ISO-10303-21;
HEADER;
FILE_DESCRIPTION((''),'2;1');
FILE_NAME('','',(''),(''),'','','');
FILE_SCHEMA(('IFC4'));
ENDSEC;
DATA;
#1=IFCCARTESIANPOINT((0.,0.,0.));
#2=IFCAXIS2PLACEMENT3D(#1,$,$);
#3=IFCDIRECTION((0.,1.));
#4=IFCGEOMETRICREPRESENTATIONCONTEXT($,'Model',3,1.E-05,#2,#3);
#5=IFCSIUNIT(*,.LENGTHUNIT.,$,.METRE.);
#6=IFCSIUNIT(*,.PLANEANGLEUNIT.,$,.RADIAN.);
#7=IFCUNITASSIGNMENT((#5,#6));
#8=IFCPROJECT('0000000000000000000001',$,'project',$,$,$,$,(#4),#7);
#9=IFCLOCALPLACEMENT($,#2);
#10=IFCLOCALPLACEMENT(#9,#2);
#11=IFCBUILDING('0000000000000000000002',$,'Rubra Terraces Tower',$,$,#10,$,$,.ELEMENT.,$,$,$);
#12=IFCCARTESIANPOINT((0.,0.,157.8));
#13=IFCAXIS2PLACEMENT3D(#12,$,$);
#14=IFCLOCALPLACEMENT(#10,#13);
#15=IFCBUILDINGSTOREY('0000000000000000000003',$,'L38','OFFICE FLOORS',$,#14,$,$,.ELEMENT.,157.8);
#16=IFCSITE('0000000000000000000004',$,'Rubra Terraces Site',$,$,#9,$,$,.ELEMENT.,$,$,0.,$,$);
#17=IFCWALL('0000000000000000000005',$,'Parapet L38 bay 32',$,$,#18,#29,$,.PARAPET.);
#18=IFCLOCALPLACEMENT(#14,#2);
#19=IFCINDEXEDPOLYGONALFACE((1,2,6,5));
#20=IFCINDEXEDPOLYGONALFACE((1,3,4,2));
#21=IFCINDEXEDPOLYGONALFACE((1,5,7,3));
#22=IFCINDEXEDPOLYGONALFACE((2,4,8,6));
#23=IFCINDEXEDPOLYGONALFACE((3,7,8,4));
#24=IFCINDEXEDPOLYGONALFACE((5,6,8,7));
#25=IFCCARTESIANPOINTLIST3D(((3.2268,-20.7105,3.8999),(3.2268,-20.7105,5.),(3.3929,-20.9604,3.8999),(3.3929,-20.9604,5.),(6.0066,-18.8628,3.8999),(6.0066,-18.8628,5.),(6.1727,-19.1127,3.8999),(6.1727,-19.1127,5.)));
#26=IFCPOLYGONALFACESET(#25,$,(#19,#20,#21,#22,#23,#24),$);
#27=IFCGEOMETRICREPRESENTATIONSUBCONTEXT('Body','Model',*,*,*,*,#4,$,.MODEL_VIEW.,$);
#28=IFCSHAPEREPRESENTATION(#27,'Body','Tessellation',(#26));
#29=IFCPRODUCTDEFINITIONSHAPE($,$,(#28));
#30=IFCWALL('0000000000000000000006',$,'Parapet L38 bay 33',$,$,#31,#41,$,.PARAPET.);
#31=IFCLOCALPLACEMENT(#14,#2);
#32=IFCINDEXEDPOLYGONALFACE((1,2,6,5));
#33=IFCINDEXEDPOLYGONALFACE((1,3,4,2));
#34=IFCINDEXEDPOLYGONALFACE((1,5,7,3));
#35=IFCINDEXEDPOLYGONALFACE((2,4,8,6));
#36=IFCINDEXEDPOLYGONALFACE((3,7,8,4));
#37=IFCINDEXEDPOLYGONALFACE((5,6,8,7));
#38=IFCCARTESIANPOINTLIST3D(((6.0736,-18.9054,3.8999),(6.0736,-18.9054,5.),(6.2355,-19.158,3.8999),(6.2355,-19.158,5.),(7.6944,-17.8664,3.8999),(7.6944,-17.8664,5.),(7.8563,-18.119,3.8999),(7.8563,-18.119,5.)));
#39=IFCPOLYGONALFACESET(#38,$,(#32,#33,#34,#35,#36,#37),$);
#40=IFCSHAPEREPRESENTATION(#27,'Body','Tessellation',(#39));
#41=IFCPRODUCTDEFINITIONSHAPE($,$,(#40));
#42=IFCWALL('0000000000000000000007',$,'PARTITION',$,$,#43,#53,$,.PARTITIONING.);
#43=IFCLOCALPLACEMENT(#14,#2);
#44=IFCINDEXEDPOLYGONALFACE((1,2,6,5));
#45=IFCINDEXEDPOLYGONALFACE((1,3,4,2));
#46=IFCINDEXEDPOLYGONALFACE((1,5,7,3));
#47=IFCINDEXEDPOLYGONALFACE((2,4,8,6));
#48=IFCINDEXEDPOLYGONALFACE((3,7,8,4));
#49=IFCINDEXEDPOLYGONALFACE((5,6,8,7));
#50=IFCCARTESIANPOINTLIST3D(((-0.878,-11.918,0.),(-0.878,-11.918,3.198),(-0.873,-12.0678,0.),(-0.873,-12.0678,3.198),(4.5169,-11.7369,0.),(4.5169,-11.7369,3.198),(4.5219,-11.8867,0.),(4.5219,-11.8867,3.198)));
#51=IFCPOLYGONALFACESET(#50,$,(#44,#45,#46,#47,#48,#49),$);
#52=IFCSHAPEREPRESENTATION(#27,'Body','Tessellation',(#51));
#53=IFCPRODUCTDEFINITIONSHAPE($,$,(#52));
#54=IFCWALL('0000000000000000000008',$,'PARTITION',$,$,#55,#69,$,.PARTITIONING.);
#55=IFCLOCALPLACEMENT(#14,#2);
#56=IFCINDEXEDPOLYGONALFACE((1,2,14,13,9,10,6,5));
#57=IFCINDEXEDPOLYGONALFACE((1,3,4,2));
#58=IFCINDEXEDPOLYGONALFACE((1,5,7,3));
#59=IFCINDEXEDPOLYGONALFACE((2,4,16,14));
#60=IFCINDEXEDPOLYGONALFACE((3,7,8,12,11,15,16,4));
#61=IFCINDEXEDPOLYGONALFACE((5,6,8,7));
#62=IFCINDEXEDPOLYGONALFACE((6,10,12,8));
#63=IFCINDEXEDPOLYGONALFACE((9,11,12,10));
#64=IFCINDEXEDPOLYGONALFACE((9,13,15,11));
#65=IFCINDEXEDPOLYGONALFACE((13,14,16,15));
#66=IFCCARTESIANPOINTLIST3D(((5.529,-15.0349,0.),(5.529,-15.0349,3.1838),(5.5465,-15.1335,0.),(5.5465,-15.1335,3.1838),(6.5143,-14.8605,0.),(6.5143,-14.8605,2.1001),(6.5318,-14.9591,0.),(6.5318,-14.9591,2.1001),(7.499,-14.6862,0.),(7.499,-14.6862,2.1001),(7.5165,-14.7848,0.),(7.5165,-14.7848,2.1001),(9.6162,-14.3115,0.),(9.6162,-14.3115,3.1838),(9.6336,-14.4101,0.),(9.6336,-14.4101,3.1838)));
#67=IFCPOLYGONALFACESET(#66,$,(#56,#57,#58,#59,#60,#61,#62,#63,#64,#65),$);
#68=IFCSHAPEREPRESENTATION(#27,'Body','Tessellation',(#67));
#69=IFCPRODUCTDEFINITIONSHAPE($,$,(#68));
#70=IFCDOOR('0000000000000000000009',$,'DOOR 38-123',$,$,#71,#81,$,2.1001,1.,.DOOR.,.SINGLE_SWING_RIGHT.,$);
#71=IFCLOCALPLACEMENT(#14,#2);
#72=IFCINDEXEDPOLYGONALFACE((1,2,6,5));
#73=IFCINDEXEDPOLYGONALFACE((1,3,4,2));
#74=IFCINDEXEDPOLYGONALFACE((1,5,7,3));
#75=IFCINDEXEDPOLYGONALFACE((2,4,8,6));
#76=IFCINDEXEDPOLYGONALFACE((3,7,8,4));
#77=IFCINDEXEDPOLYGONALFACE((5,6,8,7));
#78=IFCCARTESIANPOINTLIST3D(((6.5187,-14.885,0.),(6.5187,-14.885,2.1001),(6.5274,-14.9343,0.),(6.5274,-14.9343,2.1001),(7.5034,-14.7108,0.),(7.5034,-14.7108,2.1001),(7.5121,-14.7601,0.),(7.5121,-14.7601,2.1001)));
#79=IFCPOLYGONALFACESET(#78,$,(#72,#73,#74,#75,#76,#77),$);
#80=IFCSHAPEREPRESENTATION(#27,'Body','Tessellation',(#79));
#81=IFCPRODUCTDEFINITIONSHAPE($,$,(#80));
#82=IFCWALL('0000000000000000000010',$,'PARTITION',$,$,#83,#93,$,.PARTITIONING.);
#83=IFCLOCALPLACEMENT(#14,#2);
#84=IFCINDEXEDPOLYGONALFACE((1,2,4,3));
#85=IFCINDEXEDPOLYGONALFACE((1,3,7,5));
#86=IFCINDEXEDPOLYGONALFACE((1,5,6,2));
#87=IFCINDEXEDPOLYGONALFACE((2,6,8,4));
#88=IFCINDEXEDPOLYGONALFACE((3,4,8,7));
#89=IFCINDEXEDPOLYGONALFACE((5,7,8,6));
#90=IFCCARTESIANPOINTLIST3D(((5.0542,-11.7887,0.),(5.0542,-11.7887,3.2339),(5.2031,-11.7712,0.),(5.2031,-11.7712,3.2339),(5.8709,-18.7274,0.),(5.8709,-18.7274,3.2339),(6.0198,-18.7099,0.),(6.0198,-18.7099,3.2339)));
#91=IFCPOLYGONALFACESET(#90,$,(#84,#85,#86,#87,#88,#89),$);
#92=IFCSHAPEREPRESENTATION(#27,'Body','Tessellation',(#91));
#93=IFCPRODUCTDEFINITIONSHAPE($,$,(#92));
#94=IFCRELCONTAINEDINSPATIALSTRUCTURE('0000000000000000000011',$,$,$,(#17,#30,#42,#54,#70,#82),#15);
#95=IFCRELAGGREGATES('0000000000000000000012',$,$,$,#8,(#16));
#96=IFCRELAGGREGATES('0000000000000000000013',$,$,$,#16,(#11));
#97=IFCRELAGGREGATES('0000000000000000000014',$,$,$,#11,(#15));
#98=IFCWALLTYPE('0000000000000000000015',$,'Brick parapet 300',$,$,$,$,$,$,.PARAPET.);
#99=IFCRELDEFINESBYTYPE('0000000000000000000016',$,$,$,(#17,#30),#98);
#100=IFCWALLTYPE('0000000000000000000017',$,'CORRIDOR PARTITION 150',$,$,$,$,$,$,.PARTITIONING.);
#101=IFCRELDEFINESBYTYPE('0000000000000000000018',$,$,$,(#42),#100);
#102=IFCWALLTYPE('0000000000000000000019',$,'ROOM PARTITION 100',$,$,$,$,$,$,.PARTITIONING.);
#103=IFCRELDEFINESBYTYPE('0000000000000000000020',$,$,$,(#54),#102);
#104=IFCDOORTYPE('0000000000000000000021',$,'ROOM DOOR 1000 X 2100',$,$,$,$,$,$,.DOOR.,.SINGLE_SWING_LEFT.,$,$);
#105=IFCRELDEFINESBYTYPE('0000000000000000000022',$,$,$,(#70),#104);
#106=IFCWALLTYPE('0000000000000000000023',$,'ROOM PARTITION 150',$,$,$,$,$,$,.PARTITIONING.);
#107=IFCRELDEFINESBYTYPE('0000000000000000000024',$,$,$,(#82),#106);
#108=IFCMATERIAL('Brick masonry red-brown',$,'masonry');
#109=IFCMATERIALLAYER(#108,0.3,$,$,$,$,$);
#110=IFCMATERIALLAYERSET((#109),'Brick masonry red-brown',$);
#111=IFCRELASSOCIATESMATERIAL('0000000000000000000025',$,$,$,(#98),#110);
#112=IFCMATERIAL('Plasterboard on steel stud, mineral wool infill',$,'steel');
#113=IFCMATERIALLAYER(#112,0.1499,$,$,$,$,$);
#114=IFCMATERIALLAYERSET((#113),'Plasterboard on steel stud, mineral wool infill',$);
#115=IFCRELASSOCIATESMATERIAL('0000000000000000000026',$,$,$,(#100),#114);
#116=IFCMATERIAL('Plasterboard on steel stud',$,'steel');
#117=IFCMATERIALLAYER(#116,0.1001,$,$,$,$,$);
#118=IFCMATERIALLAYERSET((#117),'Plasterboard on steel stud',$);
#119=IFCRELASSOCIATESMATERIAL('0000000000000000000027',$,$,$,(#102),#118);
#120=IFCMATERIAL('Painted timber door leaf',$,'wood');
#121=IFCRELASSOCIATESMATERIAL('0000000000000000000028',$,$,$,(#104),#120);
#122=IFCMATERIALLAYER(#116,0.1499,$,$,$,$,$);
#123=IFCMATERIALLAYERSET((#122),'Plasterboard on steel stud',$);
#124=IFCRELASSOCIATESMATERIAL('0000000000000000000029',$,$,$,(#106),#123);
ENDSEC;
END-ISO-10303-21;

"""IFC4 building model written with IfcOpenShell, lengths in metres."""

from ifc_helpers import new_model, si_unit, direction, frame, frame_2d, origin, place, context, subcontext, project, spatial, rectangle, extrude, material, layer, layer_set, type_object, element, fill, save


model = new_model("IFC4")

# Units and contexts
model_context = context("Model", 3, precision=1e-05, world=origin(), true_north=direction((0.0, 1.0)))
body_context = subcontext(model_context, "Body", "Model", "MODEL_VIEW")
ifc_project = project(units=[si_unit("LENGTHUNIT", "METRE"), si_unit("PLANEANGLEUNIT", "RADIAN")], contexts=[model_context])

# Site, building, storey
site_placement = place(None, origin())
site = spatial("IfcSite", under=ifc_project, at=site_placement, Name="Rubra Terraces Site", CompositionType="ELEMENT", RefElevation=0.0)
building_placement = place(site_placement, origin())
building = spatial("IfcBuilding", under=site, at=building_placement, Name="Rubra Terraces Tower", CompositionType="ELEMENT")
storey_placement = place(building_placement, frame((0.0, 0.0, 157.8)))
storey = spatial("IfcBuildingStorey", under=building, at=storey_placement, Name="L38", Description="OFFICE FLOORS", CompositionType="ELEMENT", Elevation=157.8)

# Shared definitions
ifc_material_1 = material(Name="Brick masonry red-brown", Category="masonry")

# Walls
ifc_layer_1 = layer(ifc_material_1, 0.3)
ifc_layer_set_1 = layer_set([ifc_layer_1], Name="Brick masonry red-brown")
wall_type_1 = type_object("IfcWallType", Name="Brick parapet 300", PredefinedType="PARAPET", material=ifc_layer_set_1)
wall_1_placement = place(storey_placement, frame((3.3098, -20.8354, 3.8999), z_axis=(0.0, 0.0, 1.0), x_axis=(0.832815, 0.553552, 0.0)))
element("IfcWall", 1, at=wall_1_placement, inside=storey, type_object=wall_type_1, Name="Parapet L38 bay 32", PredefinedType="PARAPET", context=body_context, shape_type="SweptSolid", body=[
    extrude(rectangle(XDim=3.3379, YDim=0.3, at=frame_2d((1.6689, 0.0))), origin(), (0.0, 0.0, 1.0), 1.1001),
])
wall_2_placement = place(storey_placement, frame((6.1545, -19.0317, 3.8999), z_axis=(0.0, 0.0, 1.0), x_axis=(0.841866, 0.539687, 0.0)))
element("IfcWall", 2, at=wall_2_placement, inside=storey, type_object=wall_type_1, Name="Parapet L38 bay 33", PredefinedType="PARAPET", context=body_context, shape_type="SweptSolid", body=[
    extrude(rectangle(XDim=1.9253, YDim=0.3, at=frame_2d((0.9626, 0.0))), origin(), (0.0, 0.0, 1.0), 1.1001),
])
ifc_material_2 = material(Name="Plasterboard on steel stud, mineral wool infill", Category="steel")
ifc_layer_2 = layer(ifc_material_2, 0.1499)
ifc_layer_set_2 = layer_set([ifc_layer_2], Name="Plasterboard on steel stud, mineral wool infill")
wall_type_2 = type_object("IfcWallType", Name="CORRIDOR PARTITION 150", PredefinedType="PARTITIONING", material=ifc_layer_set_2)
wall_3_placement = place(storey_placement, frame((-0.8755, -11.9929, 0.0), z_axis=(0.0, 0.0, 1.0), x_axis=(0.999437, 0.033559, 0.0)))
element("IfcWall", 3, at=wall_3_placement, inside=storey, type_object=wall_type_2, Name="PARTITION", PredefinedType="PARTITIONING", context=body_context, shape_type="SweptSolid", body=[
    extrude(rectangle(XDim=5.3979, YDim=0.1499, at=frame_2d((2.699, 0.0))), origin(), (0.0, 0.0, 1.0), 3.198),
])

# Wall, opening, door
ifc_material_3 = material(Name="Plasterboard on steel stud", Category="steel")
ifc_layer_3 = layer(ifc_material_3, 0.1001)
ifc_layer_set_3 = layer_set([ifc_layer_3], Name="Plasterboard on steel stud")
wall_type_3 = type_object("IfcWallType", Name="ROOM PARTITION 100", PredefinedType="PARTITIONING", material=ifc_layer_set_3)
wall_4_placement = place(storey_placement, frame((9.6248, -14.3608, 0.0), z_axis=(0.0, 0.0, 1.0), x_axis=(-0.984696, -0.174282, 0.0)))
wall_4 = element("IfcWall", 4, at=wall_4_placement, inside=storey, type_object=wall_type_3, Name="PARTITION", PredefinedType="PARTITIONING", context=body_context, shape_type="SweptSolid", body=[
    extrude(rectangle(XDim=4.1506, YDim=0.1001, at=frame_2d((2.0752, 0.0))), origin(), (0.0, 0.0, 1.0), 3.1838),
])
opening_1_placement = place(wall_4_placement, frame((2.1499, 0.0, 0.0)))
opening_1 = element("IfcOpeningElement", 5, at=opening_1_placement, cuts=wall_4, PredefinedType="OPENING", context=body_context, shape_type="SweptSolid", body=[
    extrude(rectangle(XDim=1.0, YDim=2.1001, at=frame_2d((0.5, 1.05))), frame((0.0, 0.0601, 0.0), z_axis=(0.0, -1.0, 0.0), x_axis=(1.0, 0.0, 0.0)), (0.0, 0.0, 1.0), 0.1201),
])
ifc_material_4 = material(Name="Painted timber door leaf", Category="wood")
door_type = type_object("IfcDoorType", Name="ROOM DOOR 1000 X 2100", OperationType="SINGLE_SWING_LEFT", PredefinedType="DOOR", material=ifc_material_4)
door_placement = place(opening_1_placement, origin())
door = element("IfcDoor", 6, at=door_placement, inside=storey, type_object=door_type, Name="DOOR 38-123", OperationType="SINGLE_SWING_RIGHT", OverallHeight=2.1001, OverallWidth=1.0, PredefinedType="DOOR", context=body_context, shape_type="SweptSolid", body=[
    extrude(rectangle(XDim=1.0, YDim=2.1001, at=frame_2d((0.5, 1.05))), frame((0.0, 0.0249, 0.0), z_axis=(0.0, -1.0, 0.0), x_axis=(1.0, 0.0, 0.0)), (0.0, 0.0, 1.0), 0.05),
])
fill(opening_1, door)

# Wall
ifc_layer_4 = layer(ifc_material_3, 0.1499)
ifc_layer_set_4 = layer_set([ifc_layer_4], Name="Plasterboard on steel stud")
wall_type_4 = type_object("IfcWallType", Name="ROOM PARTITION 150", PredefinedType="PARTITIONING", material=ifc_layer_set_4)
wall_5_placement = place(storey_placement, frame((5.9453, -18.7185, 0.0), z_axis=(0.0, 0.0, 1.0), x_axis=(-0.116888, 0.993145, 0.0)))
element("IfcWall", 7, at=wall_5_placement, inside=storey, type_object=wall_type_4, Name="PARTITION", PredefinedType="PARTITIONING", context=body_context, shape_type="SweptSolid", body=[
    extrude(rectangle(XDim=6.9866, YDim=0.1499, at=frame_2d((3.4932, 0.0))), origin(), (0.0, 0.0, 1.0), 3.2339),
])

save(model, "model.ifc")
